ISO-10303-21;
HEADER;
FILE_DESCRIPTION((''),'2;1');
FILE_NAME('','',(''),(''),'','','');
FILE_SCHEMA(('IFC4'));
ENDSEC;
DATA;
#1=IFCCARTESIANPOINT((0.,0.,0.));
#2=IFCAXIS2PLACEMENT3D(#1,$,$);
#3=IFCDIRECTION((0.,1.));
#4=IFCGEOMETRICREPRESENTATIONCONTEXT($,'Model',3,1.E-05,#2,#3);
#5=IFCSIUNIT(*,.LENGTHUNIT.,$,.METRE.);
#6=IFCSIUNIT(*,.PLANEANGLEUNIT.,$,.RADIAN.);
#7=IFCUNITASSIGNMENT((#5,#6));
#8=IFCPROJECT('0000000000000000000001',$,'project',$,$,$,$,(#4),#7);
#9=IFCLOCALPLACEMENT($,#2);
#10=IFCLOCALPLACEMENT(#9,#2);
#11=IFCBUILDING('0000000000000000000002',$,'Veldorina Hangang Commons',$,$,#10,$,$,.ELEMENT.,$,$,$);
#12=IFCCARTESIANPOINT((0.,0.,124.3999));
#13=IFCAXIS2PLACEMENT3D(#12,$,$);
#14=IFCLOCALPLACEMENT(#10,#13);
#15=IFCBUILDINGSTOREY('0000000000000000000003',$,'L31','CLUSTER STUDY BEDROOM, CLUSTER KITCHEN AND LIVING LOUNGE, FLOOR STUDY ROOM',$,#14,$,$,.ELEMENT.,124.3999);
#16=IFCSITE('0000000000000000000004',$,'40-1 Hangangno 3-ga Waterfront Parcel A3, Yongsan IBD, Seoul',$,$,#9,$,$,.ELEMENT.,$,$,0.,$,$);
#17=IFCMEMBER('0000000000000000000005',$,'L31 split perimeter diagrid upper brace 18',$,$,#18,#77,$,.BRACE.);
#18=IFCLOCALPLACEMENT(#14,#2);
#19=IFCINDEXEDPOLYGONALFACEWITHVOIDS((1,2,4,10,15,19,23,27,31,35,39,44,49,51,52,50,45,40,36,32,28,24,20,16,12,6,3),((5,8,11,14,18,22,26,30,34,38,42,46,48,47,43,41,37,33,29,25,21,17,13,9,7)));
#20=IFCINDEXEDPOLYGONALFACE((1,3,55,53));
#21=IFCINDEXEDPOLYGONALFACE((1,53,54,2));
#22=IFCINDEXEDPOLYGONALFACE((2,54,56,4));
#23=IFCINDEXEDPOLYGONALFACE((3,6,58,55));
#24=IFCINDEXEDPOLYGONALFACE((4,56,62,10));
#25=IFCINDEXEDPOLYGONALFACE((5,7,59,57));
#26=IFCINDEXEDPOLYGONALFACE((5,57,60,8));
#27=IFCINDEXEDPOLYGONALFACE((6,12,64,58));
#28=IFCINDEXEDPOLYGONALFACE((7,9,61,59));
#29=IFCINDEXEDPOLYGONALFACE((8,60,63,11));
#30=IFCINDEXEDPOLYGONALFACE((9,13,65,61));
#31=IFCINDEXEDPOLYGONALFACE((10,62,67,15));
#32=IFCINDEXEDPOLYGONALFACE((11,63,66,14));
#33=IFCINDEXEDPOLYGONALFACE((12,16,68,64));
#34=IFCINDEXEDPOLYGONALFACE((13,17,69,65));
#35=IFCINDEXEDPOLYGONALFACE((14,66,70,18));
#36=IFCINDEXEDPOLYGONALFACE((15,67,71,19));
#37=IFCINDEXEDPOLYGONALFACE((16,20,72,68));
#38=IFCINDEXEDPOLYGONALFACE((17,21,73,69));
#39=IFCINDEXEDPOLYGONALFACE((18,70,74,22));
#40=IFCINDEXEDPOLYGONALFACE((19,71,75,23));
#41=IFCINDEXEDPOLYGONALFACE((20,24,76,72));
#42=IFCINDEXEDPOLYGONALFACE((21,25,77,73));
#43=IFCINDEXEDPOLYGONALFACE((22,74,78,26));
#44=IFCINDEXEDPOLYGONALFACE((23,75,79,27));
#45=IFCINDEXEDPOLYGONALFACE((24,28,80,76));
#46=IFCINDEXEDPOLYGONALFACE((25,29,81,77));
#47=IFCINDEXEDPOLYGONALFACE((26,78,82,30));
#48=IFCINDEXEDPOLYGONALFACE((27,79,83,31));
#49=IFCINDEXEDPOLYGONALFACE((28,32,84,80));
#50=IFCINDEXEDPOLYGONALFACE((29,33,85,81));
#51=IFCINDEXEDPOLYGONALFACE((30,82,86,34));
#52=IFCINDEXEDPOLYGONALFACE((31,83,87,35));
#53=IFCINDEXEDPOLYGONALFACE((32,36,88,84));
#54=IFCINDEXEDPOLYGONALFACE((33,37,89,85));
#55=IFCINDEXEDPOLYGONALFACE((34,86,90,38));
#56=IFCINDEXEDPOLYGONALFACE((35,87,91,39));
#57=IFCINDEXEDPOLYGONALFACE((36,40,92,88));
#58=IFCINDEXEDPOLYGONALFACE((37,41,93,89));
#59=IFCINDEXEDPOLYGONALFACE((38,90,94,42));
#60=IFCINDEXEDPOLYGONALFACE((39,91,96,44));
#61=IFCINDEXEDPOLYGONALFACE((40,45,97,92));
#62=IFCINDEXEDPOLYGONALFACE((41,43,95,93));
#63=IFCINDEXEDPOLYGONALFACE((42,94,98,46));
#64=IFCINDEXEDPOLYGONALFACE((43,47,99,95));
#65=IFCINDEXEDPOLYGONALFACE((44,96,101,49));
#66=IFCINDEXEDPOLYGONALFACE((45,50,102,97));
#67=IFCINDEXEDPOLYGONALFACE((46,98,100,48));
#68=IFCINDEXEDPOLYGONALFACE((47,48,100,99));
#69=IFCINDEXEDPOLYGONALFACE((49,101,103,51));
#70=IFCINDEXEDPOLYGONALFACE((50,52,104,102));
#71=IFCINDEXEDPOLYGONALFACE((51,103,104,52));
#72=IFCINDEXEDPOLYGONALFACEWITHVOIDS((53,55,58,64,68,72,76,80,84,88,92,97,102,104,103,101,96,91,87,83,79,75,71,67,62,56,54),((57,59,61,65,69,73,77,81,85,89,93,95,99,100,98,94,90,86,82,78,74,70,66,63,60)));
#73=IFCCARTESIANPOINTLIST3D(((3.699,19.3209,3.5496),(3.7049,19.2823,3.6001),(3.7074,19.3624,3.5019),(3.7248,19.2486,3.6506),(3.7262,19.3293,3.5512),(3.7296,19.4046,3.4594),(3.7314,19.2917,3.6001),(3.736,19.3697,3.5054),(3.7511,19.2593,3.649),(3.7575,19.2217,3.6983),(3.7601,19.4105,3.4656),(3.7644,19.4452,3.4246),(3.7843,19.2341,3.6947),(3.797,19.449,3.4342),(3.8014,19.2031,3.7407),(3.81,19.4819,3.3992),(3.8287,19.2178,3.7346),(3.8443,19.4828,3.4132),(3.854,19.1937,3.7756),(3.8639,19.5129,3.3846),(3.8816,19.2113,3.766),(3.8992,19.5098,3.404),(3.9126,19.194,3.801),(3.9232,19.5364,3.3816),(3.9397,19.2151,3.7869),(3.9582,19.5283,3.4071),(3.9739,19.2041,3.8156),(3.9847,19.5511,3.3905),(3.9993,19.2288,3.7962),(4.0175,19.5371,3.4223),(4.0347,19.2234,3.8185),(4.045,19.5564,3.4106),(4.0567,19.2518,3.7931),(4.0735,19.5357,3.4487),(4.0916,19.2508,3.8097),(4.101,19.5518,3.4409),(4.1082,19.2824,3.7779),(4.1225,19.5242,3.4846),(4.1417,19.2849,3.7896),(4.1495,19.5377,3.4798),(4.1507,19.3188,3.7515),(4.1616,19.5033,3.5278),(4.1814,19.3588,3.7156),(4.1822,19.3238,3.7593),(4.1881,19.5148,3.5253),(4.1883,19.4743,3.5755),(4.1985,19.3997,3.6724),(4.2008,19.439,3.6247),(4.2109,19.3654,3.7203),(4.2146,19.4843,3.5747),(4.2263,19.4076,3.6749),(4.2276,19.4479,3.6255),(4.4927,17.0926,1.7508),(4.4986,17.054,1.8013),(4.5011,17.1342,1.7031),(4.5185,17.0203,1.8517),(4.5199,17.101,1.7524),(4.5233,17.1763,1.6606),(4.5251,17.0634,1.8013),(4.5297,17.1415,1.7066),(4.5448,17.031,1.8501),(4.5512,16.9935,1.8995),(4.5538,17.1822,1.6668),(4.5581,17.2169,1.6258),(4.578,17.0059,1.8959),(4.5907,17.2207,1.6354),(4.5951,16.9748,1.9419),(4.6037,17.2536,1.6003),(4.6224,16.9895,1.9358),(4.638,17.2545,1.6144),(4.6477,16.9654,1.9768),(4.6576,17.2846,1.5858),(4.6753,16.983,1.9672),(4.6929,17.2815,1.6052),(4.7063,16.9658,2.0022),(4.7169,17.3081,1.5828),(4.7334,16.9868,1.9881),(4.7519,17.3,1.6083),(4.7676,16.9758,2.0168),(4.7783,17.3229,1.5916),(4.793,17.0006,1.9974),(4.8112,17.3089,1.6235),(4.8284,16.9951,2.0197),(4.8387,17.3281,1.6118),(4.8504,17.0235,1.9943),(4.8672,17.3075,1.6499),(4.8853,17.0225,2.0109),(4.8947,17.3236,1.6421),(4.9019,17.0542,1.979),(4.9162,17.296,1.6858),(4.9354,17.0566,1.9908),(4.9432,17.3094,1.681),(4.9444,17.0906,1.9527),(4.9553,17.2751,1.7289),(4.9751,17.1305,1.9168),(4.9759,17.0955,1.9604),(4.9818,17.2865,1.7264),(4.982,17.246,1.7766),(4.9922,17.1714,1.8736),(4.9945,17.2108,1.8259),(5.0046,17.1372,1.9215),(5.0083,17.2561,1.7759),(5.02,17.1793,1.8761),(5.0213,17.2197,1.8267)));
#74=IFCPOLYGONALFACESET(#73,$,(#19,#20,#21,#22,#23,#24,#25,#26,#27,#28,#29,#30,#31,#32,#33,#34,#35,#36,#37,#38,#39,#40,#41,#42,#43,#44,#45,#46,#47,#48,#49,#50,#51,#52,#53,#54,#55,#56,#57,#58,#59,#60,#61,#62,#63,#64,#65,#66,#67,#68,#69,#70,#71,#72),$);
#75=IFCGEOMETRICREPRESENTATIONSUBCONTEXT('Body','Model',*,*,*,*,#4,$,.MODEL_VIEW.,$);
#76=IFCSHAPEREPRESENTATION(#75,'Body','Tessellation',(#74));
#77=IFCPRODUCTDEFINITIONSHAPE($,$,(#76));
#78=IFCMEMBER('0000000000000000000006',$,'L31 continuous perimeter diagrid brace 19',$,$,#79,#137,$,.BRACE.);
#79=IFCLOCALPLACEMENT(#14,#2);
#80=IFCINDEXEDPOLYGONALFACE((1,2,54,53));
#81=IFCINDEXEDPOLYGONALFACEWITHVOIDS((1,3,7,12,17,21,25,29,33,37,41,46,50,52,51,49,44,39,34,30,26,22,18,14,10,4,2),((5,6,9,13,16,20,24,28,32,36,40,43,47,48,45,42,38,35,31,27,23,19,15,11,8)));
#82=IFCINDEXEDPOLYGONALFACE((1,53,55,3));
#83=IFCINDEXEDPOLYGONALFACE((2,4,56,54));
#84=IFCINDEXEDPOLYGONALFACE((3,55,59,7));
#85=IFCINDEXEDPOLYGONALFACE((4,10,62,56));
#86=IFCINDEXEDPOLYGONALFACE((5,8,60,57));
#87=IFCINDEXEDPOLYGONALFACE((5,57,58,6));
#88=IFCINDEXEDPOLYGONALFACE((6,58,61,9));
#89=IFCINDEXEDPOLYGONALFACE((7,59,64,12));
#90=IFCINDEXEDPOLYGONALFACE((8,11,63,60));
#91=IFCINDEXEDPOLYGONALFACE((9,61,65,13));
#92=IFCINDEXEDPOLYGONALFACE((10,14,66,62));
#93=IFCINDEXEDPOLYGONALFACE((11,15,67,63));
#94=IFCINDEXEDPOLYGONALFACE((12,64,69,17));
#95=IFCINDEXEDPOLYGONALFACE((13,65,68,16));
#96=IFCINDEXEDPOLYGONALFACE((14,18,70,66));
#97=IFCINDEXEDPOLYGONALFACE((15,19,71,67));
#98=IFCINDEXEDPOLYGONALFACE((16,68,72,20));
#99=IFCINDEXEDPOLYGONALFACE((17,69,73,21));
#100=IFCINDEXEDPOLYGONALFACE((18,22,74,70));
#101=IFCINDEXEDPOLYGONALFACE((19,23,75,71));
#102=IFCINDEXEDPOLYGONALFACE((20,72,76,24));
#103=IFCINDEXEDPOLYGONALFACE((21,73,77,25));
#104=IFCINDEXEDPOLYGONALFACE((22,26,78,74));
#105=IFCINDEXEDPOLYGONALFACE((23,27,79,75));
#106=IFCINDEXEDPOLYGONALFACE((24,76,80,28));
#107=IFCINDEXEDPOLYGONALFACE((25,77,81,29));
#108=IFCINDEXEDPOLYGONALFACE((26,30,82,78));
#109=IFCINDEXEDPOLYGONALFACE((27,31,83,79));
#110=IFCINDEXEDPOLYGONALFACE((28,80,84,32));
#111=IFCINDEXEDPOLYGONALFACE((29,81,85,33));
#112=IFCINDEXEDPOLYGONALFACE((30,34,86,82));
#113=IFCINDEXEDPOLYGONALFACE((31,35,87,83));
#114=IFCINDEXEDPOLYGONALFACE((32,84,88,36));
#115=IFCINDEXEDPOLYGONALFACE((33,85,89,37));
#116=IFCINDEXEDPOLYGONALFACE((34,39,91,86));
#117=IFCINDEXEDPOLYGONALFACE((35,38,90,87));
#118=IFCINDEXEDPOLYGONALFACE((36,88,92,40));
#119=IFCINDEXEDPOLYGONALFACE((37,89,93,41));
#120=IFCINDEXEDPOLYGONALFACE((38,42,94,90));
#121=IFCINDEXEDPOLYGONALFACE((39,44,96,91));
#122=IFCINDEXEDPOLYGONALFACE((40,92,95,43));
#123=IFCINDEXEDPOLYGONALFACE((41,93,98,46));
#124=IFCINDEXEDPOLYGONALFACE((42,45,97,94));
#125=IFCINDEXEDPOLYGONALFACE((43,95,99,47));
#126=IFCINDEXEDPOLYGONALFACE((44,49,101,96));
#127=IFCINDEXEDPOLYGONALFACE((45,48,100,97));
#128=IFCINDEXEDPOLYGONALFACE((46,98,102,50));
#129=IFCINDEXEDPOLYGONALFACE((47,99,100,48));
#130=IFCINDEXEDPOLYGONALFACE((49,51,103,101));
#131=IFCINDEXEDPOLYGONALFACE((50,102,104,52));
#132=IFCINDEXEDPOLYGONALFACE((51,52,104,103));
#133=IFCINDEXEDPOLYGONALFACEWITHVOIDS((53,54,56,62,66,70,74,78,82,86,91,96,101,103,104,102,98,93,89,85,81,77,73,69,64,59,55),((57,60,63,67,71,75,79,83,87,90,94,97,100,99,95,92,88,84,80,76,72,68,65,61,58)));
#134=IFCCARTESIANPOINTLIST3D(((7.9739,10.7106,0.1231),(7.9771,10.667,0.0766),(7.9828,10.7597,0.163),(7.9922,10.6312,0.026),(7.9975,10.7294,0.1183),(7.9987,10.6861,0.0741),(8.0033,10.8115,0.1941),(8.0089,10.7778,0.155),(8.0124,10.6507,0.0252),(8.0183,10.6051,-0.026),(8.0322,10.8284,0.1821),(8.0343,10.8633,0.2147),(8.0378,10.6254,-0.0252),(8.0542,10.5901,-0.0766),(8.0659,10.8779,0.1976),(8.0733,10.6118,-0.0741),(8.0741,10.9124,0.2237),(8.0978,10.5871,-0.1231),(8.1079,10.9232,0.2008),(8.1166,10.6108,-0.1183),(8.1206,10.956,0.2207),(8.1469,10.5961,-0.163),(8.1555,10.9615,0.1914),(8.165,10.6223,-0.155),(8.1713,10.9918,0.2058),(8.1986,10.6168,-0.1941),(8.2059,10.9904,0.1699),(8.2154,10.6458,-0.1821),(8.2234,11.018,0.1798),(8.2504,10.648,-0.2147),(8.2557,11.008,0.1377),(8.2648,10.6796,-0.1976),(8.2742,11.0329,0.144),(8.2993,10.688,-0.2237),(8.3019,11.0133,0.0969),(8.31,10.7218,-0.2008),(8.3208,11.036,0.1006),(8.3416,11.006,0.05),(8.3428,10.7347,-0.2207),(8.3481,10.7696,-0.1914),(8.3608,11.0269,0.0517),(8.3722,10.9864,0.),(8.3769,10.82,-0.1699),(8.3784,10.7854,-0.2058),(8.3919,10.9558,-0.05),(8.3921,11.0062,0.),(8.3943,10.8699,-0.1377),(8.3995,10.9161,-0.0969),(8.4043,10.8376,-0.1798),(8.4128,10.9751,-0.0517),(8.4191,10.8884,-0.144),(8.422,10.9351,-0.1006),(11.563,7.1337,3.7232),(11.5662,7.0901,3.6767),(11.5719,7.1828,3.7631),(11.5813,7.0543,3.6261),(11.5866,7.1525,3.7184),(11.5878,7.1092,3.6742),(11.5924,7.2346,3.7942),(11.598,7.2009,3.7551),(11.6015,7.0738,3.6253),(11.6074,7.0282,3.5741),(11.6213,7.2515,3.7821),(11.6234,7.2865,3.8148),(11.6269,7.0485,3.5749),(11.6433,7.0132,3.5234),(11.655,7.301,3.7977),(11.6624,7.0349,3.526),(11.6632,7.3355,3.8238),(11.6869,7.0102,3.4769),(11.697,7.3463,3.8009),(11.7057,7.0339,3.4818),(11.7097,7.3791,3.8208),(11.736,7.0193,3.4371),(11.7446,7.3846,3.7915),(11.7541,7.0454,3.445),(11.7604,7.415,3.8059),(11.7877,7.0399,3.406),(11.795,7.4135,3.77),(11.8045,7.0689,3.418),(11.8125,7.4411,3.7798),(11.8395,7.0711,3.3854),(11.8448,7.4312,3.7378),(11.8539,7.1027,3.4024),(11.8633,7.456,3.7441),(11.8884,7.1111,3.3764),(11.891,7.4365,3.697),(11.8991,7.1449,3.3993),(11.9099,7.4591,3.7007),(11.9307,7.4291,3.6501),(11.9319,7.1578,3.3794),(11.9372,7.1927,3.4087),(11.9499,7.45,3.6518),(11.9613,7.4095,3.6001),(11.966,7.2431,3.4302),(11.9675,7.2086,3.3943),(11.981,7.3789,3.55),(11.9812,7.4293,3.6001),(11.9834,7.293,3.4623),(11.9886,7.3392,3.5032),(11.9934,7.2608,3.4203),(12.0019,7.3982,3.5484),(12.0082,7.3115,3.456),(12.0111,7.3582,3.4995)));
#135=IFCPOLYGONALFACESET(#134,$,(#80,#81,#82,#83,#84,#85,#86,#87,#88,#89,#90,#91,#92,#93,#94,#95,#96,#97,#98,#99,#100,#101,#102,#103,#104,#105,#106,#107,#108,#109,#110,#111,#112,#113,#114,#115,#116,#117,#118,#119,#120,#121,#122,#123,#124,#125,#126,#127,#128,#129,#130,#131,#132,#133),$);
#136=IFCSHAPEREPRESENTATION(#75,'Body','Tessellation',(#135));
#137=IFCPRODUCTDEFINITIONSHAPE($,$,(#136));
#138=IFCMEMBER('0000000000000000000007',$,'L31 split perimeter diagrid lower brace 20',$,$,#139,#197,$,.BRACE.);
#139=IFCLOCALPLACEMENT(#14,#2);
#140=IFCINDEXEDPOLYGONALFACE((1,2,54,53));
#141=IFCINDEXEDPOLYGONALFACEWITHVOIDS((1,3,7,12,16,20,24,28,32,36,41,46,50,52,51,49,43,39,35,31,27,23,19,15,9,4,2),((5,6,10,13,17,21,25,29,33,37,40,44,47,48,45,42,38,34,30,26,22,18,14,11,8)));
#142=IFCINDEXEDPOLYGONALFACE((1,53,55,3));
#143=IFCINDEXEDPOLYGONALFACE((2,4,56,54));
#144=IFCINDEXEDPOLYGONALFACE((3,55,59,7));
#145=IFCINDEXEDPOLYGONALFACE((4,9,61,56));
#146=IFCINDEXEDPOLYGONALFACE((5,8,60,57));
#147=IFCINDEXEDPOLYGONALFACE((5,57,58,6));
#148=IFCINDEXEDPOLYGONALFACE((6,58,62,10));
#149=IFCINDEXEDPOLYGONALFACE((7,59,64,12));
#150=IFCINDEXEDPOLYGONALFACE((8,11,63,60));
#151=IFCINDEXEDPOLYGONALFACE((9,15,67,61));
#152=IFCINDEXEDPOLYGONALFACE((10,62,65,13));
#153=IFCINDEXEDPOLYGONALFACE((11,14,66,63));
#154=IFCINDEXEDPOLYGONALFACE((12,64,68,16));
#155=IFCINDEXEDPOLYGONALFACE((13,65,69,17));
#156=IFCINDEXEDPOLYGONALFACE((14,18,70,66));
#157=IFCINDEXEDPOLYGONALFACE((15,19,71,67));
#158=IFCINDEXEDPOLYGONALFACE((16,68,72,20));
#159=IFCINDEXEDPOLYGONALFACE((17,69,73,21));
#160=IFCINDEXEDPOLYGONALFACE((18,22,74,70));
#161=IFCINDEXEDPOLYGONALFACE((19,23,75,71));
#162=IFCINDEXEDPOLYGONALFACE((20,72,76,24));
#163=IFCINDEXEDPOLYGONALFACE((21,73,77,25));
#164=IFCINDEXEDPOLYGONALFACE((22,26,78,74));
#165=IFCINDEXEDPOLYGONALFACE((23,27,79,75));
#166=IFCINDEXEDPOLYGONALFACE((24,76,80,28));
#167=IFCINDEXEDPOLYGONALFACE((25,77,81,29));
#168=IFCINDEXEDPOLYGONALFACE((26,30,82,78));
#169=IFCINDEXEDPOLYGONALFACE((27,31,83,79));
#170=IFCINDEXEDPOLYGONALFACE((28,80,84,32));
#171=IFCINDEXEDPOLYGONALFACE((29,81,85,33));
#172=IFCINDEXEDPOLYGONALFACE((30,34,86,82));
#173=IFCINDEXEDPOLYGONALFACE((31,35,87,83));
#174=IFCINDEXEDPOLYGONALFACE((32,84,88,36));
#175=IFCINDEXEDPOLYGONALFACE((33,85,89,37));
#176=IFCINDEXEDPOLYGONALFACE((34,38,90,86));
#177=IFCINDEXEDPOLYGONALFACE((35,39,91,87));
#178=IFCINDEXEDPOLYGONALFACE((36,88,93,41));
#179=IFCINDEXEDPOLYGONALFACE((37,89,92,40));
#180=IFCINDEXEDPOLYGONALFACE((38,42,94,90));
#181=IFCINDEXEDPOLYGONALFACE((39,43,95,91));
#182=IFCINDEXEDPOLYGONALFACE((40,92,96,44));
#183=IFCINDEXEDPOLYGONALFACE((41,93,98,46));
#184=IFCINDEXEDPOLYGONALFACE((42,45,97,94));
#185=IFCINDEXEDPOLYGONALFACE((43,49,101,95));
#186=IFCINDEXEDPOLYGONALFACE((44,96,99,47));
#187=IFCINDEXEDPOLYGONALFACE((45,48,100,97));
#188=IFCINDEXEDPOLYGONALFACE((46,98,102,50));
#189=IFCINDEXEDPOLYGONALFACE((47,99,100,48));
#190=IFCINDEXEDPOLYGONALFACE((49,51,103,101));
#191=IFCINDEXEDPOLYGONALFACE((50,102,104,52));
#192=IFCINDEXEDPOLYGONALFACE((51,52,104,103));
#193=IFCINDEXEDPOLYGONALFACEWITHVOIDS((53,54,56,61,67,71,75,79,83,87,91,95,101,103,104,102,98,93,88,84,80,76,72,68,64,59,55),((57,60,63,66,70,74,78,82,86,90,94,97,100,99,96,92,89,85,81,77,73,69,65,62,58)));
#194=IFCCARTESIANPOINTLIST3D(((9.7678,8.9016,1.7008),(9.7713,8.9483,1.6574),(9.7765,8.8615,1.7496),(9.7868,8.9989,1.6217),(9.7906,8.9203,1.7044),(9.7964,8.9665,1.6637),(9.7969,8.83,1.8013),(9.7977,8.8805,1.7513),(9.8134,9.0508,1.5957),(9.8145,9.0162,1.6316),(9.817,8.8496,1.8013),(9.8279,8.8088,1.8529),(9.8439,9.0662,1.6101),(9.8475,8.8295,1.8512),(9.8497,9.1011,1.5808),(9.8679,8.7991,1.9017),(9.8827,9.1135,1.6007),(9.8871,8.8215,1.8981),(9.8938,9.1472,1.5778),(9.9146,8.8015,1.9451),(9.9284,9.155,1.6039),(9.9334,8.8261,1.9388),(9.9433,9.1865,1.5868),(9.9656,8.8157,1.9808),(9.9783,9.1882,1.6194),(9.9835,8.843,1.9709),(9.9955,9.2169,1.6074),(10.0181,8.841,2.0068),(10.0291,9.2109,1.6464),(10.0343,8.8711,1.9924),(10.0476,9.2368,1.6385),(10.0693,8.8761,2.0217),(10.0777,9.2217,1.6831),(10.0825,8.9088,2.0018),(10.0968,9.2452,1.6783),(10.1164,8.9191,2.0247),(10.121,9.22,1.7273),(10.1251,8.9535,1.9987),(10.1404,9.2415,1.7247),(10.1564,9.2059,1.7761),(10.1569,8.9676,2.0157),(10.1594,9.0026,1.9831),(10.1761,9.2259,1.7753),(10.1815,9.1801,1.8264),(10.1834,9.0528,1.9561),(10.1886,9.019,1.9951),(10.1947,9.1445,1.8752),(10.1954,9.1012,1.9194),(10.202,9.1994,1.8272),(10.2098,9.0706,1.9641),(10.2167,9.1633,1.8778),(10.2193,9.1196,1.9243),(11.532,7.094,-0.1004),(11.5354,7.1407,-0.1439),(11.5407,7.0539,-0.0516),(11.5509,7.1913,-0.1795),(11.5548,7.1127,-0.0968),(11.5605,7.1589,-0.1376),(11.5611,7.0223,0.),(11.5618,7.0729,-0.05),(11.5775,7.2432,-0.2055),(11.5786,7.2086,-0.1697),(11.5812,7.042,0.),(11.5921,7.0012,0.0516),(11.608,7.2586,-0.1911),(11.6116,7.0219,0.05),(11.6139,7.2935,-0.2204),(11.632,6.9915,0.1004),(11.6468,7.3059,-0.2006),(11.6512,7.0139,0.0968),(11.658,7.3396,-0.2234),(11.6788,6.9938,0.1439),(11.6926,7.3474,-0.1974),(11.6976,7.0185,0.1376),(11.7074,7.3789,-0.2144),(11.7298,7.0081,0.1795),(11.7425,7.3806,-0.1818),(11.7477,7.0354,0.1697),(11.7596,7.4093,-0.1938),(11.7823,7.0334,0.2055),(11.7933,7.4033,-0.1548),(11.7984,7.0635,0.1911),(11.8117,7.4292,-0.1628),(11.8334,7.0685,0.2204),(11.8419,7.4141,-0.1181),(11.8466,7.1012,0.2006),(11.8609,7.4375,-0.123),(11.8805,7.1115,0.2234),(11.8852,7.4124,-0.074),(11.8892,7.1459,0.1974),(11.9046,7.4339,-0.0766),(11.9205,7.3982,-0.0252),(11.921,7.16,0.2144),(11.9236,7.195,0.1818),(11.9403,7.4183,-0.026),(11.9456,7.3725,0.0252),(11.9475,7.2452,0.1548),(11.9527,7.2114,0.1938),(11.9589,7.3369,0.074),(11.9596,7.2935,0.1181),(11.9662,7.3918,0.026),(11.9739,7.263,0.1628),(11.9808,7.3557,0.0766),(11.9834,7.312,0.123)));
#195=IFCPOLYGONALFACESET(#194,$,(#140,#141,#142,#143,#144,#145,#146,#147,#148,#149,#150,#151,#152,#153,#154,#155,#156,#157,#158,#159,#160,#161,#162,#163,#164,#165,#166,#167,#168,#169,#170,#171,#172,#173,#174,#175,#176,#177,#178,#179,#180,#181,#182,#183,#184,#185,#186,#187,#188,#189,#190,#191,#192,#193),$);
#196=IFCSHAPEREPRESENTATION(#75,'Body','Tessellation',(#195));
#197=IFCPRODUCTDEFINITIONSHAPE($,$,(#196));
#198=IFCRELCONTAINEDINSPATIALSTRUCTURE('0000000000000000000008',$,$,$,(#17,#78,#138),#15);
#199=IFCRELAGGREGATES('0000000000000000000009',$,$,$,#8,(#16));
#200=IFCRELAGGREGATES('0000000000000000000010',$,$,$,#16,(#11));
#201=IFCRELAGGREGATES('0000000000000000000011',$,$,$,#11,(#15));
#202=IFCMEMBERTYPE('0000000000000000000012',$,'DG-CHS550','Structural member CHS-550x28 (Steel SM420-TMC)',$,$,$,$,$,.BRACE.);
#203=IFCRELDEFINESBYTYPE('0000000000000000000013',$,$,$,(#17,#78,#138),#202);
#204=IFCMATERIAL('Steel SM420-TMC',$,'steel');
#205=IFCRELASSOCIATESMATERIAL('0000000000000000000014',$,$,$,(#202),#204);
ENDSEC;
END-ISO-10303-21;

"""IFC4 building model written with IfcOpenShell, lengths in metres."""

from ifc_helpers import new_model, si_unit, direction, frame, origin, origin_2d, place, context, subcontext, project, spatial, hollow_circle, extrude, material, material_profile, profile_set, type_object, element, save


model = new_model("IFC4")

# Units and contexts
model_context = context("Model", 3, precision=1e-05, world=origin(), true_north=direction((0.0, 1.0)))
body_context = subcontext(model_context, "Body", "Model", "MODEL_VIEW")
ifc_project = project(units=[si_unit("LENGTHUNIT", "METRE"), si_unit("PLANEANGLEUNIT", "RADIAN")], contexts=[model_context])

# Site, building, storey
site_placement = place(None, origin())
site = spatial("IfcSite", under=ifc_project, at=site_placement, Name="40-1 Hangangno 3-ga Waterfront Parcel A3, Yongsan IBD, Seoul", CompositionType="ELEMENT", RefElevation=0.0)
building_placement = place(site_placement, origin())
building = spatial("IfcBuilding", under=site, at=building_placement, Name="Veldorina Hangang Commons", CompositionType="ELEMENT")
storey_placement = place(building_placement, frame((0.0, 0.0, 124.3999)))
storey = spatial("IfcBuildingStorey", under=building, at=storey_placement, Name="L31", Description="CLUSTER STUDY BEDROOM, CLUSTER KITCHEN AND LIVING LOUNGE, FLOOR STUDY ROOM", CompositionType="ELEMENT", Elevation=124.3999)

# Shared definitions
ifc_material_1 = material(Name="Steel SM420-TMC", Category="steel")

# Members
ifc_material_profile_1 = material_profile(ifc_material_1, hollow_circle(Radius=0.2749, WallThickness=0.0281, at=origin_2d()), Name="CHS-550x28")
ifc_profile_set_1 = profile_set([ifc_material_profile_1], Name="Steel SM420-TMC")
member_type = type_object("IfcMemberType", Name="DG-CHS550", Description="Structural member CHS-550x28 (Steel SM420-TMC)", PredefinedType="BRACE", material=ifc_profile_set_1)
member_1_placement = place(storey_placement, frame((4.7576, 17.1462, 1.8013), z_axis=(-0.267088, 0.749833, 0.605322), x_axis=(-0.942024, -0.335545, 0.0)))
element("IfcMember", 1, at=member_1_placement, inside=storey, type_object=member_type, Name="L31 split perimeter diagrid upper brace 18", PredefinedType="BRACE", context=body_context, shape_type="SweptSolid", body=[
    extrude(hollow_circle(Radius=0.2749, WallThickness=0.0281, at=origin_2d()), origin(), (0.0, 0.0, 1.0), 2.9717),
])
member_2_placement = place(storey_placement, frame((8.198, 10.8115, 0.0), z_axis=(0.577414, -0.57545, 0.579181), x_axis=(0.705901, 0.70831, 0.0)))
element("IfcMember", 2, at=member_2_placement, inside=storey, type_object=member_type, Name="L31 continuous perimeter diagrid brace 19", PredefinedType="BRACE", context=body_context, shape_type="SweptSolid", body=[
    extrude(hollow_circle(Radius=0.2749, WallThickness=0.0281, at=origin_2d()), origin(), (0.0, 0.0, 1.0), 6.2158),
])
member_3_placement = place(storey_placement, frame((11.7578, 7.2144, 0.0), z_axis=(-0.568661, 0.582669, 0.580622), x_axis=(-0.715657, -0.698452, 0.0)))
element("IfcMember", 3, at=member_3_placement, inside=storey, type_object=member_type, Name="L31 split perimeter diagrid lower brace 20", PredefinedType="BRACE", context=body_context, shape_type="SweptSolid", body=[
    extrude(hollow_circle(Radius=0.2749, WallThickness=0.0281, at=origin_2d()), origin(), (0.0, 0.0, 1.0), 3.1023),
])

save(model, "model.ifc")
